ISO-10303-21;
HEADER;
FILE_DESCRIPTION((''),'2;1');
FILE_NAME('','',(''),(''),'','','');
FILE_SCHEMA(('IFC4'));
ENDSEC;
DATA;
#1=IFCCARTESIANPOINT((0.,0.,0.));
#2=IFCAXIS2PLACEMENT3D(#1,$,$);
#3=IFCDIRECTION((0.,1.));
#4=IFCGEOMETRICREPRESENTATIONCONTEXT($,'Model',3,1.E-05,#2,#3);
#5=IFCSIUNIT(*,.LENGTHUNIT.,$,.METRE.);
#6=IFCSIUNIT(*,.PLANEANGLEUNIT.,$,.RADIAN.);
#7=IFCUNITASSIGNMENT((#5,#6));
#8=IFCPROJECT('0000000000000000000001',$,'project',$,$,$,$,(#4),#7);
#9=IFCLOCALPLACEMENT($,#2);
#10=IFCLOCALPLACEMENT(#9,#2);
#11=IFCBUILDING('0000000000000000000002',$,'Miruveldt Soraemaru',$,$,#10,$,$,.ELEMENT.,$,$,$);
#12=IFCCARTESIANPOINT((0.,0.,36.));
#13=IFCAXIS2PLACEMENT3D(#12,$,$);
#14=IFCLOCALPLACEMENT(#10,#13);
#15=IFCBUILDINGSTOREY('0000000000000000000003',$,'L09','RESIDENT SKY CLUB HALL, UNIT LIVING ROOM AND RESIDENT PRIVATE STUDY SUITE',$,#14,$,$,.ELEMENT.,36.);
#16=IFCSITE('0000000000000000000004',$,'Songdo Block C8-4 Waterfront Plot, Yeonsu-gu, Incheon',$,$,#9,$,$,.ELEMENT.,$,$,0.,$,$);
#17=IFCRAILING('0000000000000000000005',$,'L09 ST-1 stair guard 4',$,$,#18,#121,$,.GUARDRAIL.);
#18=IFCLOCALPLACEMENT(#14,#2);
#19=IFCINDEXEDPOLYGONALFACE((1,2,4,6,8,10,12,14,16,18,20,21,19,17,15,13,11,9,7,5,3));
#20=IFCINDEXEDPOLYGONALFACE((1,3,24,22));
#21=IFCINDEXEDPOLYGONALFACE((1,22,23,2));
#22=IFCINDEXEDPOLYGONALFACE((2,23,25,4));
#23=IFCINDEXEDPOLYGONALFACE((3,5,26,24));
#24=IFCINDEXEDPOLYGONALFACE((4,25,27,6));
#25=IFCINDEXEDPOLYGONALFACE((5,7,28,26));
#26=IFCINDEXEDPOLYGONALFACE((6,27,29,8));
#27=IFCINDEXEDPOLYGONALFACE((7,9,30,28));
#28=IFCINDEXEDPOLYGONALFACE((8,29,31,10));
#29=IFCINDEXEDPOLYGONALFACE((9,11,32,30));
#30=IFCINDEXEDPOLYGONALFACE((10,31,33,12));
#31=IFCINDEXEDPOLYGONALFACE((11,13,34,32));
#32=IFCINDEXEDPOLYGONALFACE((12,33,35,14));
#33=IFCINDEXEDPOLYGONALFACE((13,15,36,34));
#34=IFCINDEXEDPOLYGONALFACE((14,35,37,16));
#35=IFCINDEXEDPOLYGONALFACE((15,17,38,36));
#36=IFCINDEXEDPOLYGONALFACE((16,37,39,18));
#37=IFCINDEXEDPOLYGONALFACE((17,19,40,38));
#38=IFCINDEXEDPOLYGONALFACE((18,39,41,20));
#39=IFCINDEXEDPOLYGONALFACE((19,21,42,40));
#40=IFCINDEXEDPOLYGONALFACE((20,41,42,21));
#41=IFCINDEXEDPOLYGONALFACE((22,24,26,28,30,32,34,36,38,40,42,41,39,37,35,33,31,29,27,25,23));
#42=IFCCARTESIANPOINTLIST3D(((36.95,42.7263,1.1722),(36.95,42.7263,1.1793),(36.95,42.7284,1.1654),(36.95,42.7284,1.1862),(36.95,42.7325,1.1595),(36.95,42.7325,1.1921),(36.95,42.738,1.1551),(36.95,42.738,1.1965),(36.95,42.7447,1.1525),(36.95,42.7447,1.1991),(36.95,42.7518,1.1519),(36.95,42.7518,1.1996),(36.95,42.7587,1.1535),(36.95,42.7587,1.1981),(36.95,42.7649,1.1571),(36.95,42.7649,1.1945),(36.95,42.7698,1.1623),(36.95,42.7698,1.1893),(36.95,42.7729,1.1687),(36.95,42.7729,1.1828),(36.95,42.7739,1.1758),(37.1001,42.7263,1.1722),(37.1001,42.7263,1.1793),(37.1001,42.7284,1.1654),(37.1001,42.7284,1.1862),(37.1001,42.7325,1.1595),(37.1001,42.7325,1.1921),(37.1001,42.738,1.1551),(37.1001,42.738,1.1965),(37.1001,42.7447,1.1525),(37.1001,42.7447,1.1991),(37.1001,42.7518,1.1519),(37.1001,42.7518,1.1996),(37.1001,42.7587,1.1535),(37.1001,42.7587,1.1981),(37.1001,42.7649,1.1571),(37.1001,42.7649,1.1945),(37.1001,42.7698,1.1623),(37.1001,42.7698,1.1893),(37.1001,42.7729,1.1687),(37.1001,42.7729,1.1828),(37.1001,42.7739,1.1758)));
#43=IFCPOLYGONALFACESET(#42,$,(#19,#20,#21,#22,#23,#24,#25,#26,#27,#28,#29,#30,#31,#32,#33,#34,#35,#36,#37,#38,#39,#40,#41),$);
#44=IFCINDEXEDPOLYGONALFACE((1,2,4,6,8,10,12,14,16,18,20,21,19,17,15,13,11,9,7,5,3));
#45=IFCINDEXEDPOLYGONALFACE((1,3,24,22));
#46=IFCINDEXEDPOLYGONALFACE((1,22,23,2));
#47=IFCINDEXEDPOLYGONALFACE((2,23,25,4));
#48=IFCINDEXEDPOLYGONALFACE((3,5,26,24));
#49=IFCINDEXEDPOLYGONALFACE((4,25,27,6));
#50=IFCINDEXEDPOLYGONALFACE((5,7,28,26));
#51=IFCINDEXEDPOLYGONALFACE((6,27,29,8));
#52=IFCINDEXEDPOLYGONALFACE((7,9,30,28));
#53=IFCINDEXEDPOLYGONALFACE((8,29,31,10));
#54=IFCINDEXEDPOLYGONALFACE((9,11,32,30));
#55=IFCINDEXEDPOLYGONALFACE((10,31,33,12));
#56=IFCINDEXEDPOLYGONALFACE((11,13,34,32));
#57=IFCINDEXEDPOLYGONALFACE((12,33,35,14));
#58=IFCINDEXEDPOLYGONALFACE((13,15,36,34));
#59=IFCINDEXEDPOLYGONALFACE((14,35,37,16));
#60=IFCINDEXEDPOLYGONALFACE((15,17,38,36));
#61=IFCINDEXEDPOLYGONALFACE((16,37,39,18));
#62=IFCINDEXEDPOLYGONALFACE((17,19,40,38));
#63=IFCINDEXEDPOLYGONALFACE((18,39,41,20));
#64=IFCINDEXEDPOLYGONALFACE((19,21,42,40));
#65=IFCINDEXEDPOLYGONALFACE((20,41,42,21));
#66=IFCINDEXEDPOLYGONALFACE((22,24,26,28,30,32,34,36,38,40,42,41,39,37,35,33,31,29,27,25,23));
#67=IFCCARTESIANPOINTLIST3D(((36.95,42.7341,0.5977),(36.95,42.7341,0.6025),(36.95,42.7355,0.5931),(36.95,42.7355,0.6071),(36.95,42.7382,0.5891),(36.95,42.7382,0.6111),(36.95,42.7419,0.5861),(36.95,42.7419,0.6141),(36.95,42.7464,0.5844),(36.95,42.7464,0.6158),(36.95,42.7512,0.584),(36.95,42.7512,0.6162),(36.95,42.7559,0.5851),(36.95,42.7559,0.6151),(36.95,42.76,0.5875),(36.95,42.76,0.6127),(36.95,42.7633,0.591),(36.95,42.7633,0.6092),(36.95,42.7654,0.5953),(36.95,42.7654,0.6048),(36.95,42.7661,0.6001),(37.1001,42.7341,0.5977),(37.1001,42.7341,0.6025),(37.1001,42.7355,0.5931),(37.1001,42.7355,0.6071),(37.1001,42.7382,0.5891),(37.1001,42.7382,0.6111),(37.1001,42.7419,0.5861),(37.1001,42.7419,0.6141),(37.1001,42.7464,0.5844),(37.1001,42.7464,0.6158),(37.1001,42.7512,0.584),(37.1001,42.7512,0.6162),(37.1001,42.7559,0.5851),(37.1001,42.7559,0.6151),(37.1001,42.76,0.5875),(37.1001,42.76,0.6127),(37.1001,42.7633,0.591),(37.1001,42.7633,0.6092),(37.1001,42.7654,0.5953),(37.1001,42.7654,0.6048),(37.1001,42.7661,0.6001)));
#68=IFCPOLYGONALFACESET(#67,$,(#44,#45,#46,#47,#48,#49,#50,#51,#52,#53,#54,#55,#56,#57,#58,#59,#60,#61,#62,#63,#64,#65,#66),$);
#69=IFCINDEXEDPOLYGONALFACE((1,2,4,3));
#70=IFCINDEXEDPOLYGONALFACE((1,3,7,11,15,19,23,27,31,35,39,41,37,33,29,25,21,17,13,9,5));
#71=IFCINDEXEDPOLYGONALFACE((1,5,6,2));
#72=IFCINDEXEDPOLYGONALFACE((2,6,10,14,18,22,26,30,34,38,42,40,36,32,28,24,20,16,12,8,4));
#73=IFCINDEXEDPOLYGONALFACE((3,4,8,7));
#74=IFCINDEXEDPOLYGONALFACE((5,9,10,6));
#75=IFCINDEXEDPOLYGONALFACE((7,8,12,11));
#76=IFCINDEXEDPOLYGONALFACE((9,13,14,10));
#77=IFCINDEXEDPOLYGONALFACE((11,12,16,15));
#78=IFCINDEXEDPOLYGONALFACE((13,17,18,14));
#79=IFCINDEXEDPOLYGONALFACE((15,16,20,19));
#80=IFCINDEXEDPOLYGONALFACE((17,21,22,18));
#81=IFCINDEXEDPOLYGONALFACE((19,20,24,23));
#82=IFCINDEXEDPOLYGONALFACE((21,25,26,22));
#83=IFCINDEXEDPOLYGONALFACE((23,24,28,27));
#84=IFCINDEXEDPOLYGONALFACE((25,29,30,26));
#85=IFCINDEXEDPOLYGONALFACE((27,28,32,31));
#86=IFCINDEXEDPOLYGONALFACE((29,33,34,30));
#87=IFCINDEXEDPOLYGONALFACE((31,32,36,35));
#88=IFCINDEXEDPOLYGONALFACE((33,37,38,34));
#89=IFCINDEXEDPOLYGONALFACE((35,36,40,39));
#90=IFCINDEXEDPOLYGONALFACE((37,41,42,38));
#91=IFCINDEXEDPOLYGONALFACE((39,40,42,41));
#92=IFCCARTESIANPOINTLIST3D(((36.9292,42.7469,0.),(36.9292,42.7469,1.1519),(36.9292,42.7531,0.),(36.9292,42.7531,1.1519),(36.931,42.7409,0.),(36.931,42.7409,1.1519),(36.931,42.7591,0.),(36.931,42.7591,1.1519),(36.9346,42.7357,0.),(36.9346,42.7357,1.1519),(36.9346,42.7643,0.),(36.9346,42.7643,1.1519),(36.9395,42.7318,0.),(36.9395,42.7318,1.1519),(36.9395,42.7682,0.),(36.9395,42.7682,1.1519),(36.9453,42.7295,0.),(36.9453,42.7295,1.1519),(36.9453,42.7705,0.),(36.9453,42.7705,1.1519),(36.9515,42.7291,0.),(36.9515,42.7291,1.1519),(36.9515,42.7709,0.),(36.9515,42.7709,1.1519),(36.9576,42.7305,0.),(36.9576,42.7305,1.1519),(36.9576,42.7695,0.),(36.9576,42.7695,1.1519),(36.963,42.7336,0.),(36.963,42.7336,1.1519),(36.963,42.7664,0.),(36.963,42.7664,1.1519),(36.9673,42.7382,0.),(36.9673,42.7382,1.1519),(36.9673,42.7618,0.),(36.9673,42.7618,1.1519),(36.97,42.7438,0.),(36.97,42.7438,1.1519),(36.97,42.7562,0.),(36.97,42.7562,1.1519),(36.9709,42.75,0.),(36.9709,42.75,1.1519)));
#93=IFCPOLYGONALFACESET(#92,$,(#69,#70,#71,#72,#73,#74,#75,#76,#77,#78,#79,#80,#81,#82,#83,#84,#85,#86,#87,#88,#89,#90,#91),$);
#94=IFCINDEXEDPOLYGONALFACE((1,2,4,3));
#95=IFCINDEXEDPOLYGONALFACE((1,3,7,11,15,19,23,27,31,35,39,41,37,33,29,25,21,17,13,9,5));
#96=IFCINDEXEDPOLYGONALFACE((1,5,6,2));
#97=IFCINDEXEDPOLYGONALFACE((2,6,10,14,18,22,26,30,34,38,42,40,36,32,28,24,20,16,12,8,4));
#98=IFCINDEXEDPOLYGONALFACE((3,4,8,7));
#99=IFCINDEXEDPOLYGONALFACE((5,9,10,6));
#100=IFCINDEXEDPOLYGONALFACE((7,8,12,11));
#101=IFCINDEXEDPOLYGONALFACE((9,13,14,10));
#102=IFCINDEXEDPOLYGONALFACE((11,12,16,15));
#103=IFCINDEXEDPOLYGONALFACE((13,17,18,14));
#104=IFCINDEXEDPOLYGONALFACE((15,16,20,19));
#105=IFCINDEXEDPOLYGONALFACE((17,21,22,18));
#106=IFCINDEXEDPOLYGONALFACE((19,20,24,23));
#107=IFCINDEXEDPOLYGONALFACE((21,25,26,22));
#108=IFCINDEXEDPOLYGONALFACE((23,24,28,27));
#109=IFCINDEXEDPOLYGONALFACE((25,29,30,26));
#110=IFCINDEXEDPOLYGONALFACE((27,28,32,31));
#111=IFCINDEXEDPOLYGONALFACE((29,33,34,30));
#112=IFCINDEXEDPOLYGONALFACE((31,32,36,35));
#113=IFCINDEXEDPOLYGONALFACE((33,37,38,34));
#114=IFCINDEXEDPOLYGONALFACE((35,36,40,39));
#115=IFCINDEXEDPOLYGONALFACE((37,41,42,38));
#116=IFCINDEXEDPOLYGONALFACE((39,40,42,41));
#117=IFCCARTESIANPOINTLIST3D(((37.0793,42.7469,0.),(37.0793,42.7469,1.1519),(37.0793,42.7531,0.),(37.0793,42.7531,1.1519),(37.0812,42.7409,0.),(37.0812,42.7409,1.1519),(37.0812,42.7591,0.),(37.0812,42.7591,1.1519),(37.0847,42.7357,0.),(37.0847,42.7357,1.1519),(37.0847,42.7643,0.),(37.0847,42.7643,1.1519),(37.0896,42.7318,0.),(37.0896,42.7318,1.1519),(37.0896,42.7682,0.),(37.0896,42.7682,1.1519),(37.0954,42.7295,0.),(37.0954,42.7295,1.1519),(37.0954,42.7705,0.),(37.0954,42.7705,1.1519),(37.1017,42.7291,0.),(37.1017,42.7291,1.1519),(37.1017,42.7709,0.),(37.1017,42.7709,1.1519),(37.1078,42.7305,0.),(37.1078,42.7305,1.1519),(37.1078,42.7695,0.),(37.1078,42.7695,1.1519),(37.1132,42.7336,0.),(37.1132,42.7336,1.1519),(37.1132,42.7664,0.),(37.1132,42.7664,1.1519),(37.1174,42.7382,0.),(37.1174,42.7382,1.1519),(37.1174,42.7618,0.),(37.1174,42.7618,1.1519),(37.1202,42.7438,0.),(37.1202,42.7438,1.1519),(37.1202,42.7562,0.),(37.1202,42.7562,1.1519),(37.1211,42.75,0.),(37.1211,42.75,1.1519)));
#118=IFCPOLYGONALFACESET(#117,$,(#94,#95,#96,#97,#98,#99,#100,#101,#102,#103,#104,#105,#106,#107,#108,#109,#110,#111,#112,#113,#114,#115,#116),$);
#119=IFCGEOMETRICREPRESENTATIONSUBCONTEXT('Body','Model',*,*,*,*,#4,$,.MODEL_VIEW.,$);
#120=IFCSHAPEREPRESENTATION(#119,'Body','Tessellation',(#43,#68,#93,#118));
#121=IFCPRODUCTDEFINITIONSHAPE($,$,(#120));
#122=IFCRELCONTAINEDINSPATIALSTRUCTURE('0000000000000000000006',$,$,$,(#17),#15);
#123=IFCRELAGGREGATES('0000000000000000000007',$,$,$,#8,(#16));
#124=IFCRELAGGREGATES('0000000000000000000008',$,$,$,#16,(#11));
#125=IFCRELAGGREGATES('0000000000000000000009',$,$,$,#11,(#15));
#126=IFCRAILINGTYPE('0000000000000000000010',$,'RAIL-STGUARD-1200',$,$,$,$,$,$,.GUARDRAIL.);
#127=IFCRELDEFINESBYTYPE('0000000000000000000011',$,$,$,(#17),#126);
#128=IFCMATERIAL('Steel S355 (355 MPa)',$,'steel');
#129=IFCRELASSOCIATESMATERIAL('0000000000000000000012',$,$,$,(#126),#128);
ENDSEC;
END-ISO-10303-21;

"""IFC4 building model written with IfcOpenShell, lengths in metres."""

from ifc_helpers import new_model, si_unit, direction, frame, origin, origin_2d, place, context, subcontext, project, spatial, circle, extrude, material, type_object, element, save


model = new_model("IFC4")

# Units and contexts
model_context = context("Model", 3, precision=1e-05, world=origin(), true_north=direction((0.0, 1.0)))
body_context = subcontext(model_context, "Body", "Model", "MODEL_VIEW")
ifc_project = project(units=[si_unit("LENGTHUNIT", "METRE"), si_unit("PLANEANGLEUNIT", "RADIAN")], contexts=[model_context])

# Site, building, storey
site_placement = place(None, origin())
site = spatial("IfcSite", under=ifc_project, at=site_placement, Name="Songdo Block C8-4 Waterfront Plot, Yeonsu-gu, Incheon", CompositionType="ELEMENT", RefElevation=0.0)
building_placement = place(site_placement, origin())
building = spatial("IfcBuilding", under=site, at=building_placement, Name="Miruveldt Soraemaru", CompositionType="ELEMENT")
storey_placement = place(building_placement, frame((0.0, 0.0, 36.0)))
storey = spatial("IfcBuildingStorey", under=building, at=storey_placement, Name="L09", Description="RESIDENT SKY CLUB HALL, UNIT LIVING ROOM AND RESIDENT PRIVATE STUDY SUITE", CompositionType="ELEMENT", Elevation=36.0)

# Railing
ifc_material_1 = material(Name="Steel S355 (355 MPa)", Category="steel")
railing_type_1 = type_object("IfcRailingType", Name="RAIL-STGUARD-1200", PredefinedType="GUARDRAIL", material=ifc_material_1)
railing_1_placement = place(storey_placement, frame((36.95, 42.75, 0.0)))
element("IfcRailing", 1, at=railing_1_placement, inside=storey, type_object=railing_type_1, Name="L09 ST-1 stair guard 4", PredefinedType="GUARDRAIL", context=body_context, shape_type="SweptSolid", body=[
    extrude(circle(Radius=0.0239, at=origin_2d()), frame((0.0, 0.0, 1.1758), z_axis=(1.0, 0.0, 0.0), x_axis=(0.0, 1.0, 0.0)), (0.0, 0.0, 1.0), 0.1501),
    extrude(circle(Radius=0.0161, at=origin_2d()), frame((0.0, 0.0, 0.6001), z_axis=(1.0, 0.0, 0.0), x_axis=(0.0, 1.0, 0.0)), (0.0, 0.0, 1.0), 0.1501),
    extrude(circle(Radius=0.021, at=origin_2d()), origin(), (0.0, 0.0, 1.0), 1.1519),
    extrude(circle(Radius=0.021, at=origin_2d()), frame((0.1501, 0.0, 0.0)), (0.0, 0.0, 1.0), 1.1519),
])

save(model, "model.ifc")
